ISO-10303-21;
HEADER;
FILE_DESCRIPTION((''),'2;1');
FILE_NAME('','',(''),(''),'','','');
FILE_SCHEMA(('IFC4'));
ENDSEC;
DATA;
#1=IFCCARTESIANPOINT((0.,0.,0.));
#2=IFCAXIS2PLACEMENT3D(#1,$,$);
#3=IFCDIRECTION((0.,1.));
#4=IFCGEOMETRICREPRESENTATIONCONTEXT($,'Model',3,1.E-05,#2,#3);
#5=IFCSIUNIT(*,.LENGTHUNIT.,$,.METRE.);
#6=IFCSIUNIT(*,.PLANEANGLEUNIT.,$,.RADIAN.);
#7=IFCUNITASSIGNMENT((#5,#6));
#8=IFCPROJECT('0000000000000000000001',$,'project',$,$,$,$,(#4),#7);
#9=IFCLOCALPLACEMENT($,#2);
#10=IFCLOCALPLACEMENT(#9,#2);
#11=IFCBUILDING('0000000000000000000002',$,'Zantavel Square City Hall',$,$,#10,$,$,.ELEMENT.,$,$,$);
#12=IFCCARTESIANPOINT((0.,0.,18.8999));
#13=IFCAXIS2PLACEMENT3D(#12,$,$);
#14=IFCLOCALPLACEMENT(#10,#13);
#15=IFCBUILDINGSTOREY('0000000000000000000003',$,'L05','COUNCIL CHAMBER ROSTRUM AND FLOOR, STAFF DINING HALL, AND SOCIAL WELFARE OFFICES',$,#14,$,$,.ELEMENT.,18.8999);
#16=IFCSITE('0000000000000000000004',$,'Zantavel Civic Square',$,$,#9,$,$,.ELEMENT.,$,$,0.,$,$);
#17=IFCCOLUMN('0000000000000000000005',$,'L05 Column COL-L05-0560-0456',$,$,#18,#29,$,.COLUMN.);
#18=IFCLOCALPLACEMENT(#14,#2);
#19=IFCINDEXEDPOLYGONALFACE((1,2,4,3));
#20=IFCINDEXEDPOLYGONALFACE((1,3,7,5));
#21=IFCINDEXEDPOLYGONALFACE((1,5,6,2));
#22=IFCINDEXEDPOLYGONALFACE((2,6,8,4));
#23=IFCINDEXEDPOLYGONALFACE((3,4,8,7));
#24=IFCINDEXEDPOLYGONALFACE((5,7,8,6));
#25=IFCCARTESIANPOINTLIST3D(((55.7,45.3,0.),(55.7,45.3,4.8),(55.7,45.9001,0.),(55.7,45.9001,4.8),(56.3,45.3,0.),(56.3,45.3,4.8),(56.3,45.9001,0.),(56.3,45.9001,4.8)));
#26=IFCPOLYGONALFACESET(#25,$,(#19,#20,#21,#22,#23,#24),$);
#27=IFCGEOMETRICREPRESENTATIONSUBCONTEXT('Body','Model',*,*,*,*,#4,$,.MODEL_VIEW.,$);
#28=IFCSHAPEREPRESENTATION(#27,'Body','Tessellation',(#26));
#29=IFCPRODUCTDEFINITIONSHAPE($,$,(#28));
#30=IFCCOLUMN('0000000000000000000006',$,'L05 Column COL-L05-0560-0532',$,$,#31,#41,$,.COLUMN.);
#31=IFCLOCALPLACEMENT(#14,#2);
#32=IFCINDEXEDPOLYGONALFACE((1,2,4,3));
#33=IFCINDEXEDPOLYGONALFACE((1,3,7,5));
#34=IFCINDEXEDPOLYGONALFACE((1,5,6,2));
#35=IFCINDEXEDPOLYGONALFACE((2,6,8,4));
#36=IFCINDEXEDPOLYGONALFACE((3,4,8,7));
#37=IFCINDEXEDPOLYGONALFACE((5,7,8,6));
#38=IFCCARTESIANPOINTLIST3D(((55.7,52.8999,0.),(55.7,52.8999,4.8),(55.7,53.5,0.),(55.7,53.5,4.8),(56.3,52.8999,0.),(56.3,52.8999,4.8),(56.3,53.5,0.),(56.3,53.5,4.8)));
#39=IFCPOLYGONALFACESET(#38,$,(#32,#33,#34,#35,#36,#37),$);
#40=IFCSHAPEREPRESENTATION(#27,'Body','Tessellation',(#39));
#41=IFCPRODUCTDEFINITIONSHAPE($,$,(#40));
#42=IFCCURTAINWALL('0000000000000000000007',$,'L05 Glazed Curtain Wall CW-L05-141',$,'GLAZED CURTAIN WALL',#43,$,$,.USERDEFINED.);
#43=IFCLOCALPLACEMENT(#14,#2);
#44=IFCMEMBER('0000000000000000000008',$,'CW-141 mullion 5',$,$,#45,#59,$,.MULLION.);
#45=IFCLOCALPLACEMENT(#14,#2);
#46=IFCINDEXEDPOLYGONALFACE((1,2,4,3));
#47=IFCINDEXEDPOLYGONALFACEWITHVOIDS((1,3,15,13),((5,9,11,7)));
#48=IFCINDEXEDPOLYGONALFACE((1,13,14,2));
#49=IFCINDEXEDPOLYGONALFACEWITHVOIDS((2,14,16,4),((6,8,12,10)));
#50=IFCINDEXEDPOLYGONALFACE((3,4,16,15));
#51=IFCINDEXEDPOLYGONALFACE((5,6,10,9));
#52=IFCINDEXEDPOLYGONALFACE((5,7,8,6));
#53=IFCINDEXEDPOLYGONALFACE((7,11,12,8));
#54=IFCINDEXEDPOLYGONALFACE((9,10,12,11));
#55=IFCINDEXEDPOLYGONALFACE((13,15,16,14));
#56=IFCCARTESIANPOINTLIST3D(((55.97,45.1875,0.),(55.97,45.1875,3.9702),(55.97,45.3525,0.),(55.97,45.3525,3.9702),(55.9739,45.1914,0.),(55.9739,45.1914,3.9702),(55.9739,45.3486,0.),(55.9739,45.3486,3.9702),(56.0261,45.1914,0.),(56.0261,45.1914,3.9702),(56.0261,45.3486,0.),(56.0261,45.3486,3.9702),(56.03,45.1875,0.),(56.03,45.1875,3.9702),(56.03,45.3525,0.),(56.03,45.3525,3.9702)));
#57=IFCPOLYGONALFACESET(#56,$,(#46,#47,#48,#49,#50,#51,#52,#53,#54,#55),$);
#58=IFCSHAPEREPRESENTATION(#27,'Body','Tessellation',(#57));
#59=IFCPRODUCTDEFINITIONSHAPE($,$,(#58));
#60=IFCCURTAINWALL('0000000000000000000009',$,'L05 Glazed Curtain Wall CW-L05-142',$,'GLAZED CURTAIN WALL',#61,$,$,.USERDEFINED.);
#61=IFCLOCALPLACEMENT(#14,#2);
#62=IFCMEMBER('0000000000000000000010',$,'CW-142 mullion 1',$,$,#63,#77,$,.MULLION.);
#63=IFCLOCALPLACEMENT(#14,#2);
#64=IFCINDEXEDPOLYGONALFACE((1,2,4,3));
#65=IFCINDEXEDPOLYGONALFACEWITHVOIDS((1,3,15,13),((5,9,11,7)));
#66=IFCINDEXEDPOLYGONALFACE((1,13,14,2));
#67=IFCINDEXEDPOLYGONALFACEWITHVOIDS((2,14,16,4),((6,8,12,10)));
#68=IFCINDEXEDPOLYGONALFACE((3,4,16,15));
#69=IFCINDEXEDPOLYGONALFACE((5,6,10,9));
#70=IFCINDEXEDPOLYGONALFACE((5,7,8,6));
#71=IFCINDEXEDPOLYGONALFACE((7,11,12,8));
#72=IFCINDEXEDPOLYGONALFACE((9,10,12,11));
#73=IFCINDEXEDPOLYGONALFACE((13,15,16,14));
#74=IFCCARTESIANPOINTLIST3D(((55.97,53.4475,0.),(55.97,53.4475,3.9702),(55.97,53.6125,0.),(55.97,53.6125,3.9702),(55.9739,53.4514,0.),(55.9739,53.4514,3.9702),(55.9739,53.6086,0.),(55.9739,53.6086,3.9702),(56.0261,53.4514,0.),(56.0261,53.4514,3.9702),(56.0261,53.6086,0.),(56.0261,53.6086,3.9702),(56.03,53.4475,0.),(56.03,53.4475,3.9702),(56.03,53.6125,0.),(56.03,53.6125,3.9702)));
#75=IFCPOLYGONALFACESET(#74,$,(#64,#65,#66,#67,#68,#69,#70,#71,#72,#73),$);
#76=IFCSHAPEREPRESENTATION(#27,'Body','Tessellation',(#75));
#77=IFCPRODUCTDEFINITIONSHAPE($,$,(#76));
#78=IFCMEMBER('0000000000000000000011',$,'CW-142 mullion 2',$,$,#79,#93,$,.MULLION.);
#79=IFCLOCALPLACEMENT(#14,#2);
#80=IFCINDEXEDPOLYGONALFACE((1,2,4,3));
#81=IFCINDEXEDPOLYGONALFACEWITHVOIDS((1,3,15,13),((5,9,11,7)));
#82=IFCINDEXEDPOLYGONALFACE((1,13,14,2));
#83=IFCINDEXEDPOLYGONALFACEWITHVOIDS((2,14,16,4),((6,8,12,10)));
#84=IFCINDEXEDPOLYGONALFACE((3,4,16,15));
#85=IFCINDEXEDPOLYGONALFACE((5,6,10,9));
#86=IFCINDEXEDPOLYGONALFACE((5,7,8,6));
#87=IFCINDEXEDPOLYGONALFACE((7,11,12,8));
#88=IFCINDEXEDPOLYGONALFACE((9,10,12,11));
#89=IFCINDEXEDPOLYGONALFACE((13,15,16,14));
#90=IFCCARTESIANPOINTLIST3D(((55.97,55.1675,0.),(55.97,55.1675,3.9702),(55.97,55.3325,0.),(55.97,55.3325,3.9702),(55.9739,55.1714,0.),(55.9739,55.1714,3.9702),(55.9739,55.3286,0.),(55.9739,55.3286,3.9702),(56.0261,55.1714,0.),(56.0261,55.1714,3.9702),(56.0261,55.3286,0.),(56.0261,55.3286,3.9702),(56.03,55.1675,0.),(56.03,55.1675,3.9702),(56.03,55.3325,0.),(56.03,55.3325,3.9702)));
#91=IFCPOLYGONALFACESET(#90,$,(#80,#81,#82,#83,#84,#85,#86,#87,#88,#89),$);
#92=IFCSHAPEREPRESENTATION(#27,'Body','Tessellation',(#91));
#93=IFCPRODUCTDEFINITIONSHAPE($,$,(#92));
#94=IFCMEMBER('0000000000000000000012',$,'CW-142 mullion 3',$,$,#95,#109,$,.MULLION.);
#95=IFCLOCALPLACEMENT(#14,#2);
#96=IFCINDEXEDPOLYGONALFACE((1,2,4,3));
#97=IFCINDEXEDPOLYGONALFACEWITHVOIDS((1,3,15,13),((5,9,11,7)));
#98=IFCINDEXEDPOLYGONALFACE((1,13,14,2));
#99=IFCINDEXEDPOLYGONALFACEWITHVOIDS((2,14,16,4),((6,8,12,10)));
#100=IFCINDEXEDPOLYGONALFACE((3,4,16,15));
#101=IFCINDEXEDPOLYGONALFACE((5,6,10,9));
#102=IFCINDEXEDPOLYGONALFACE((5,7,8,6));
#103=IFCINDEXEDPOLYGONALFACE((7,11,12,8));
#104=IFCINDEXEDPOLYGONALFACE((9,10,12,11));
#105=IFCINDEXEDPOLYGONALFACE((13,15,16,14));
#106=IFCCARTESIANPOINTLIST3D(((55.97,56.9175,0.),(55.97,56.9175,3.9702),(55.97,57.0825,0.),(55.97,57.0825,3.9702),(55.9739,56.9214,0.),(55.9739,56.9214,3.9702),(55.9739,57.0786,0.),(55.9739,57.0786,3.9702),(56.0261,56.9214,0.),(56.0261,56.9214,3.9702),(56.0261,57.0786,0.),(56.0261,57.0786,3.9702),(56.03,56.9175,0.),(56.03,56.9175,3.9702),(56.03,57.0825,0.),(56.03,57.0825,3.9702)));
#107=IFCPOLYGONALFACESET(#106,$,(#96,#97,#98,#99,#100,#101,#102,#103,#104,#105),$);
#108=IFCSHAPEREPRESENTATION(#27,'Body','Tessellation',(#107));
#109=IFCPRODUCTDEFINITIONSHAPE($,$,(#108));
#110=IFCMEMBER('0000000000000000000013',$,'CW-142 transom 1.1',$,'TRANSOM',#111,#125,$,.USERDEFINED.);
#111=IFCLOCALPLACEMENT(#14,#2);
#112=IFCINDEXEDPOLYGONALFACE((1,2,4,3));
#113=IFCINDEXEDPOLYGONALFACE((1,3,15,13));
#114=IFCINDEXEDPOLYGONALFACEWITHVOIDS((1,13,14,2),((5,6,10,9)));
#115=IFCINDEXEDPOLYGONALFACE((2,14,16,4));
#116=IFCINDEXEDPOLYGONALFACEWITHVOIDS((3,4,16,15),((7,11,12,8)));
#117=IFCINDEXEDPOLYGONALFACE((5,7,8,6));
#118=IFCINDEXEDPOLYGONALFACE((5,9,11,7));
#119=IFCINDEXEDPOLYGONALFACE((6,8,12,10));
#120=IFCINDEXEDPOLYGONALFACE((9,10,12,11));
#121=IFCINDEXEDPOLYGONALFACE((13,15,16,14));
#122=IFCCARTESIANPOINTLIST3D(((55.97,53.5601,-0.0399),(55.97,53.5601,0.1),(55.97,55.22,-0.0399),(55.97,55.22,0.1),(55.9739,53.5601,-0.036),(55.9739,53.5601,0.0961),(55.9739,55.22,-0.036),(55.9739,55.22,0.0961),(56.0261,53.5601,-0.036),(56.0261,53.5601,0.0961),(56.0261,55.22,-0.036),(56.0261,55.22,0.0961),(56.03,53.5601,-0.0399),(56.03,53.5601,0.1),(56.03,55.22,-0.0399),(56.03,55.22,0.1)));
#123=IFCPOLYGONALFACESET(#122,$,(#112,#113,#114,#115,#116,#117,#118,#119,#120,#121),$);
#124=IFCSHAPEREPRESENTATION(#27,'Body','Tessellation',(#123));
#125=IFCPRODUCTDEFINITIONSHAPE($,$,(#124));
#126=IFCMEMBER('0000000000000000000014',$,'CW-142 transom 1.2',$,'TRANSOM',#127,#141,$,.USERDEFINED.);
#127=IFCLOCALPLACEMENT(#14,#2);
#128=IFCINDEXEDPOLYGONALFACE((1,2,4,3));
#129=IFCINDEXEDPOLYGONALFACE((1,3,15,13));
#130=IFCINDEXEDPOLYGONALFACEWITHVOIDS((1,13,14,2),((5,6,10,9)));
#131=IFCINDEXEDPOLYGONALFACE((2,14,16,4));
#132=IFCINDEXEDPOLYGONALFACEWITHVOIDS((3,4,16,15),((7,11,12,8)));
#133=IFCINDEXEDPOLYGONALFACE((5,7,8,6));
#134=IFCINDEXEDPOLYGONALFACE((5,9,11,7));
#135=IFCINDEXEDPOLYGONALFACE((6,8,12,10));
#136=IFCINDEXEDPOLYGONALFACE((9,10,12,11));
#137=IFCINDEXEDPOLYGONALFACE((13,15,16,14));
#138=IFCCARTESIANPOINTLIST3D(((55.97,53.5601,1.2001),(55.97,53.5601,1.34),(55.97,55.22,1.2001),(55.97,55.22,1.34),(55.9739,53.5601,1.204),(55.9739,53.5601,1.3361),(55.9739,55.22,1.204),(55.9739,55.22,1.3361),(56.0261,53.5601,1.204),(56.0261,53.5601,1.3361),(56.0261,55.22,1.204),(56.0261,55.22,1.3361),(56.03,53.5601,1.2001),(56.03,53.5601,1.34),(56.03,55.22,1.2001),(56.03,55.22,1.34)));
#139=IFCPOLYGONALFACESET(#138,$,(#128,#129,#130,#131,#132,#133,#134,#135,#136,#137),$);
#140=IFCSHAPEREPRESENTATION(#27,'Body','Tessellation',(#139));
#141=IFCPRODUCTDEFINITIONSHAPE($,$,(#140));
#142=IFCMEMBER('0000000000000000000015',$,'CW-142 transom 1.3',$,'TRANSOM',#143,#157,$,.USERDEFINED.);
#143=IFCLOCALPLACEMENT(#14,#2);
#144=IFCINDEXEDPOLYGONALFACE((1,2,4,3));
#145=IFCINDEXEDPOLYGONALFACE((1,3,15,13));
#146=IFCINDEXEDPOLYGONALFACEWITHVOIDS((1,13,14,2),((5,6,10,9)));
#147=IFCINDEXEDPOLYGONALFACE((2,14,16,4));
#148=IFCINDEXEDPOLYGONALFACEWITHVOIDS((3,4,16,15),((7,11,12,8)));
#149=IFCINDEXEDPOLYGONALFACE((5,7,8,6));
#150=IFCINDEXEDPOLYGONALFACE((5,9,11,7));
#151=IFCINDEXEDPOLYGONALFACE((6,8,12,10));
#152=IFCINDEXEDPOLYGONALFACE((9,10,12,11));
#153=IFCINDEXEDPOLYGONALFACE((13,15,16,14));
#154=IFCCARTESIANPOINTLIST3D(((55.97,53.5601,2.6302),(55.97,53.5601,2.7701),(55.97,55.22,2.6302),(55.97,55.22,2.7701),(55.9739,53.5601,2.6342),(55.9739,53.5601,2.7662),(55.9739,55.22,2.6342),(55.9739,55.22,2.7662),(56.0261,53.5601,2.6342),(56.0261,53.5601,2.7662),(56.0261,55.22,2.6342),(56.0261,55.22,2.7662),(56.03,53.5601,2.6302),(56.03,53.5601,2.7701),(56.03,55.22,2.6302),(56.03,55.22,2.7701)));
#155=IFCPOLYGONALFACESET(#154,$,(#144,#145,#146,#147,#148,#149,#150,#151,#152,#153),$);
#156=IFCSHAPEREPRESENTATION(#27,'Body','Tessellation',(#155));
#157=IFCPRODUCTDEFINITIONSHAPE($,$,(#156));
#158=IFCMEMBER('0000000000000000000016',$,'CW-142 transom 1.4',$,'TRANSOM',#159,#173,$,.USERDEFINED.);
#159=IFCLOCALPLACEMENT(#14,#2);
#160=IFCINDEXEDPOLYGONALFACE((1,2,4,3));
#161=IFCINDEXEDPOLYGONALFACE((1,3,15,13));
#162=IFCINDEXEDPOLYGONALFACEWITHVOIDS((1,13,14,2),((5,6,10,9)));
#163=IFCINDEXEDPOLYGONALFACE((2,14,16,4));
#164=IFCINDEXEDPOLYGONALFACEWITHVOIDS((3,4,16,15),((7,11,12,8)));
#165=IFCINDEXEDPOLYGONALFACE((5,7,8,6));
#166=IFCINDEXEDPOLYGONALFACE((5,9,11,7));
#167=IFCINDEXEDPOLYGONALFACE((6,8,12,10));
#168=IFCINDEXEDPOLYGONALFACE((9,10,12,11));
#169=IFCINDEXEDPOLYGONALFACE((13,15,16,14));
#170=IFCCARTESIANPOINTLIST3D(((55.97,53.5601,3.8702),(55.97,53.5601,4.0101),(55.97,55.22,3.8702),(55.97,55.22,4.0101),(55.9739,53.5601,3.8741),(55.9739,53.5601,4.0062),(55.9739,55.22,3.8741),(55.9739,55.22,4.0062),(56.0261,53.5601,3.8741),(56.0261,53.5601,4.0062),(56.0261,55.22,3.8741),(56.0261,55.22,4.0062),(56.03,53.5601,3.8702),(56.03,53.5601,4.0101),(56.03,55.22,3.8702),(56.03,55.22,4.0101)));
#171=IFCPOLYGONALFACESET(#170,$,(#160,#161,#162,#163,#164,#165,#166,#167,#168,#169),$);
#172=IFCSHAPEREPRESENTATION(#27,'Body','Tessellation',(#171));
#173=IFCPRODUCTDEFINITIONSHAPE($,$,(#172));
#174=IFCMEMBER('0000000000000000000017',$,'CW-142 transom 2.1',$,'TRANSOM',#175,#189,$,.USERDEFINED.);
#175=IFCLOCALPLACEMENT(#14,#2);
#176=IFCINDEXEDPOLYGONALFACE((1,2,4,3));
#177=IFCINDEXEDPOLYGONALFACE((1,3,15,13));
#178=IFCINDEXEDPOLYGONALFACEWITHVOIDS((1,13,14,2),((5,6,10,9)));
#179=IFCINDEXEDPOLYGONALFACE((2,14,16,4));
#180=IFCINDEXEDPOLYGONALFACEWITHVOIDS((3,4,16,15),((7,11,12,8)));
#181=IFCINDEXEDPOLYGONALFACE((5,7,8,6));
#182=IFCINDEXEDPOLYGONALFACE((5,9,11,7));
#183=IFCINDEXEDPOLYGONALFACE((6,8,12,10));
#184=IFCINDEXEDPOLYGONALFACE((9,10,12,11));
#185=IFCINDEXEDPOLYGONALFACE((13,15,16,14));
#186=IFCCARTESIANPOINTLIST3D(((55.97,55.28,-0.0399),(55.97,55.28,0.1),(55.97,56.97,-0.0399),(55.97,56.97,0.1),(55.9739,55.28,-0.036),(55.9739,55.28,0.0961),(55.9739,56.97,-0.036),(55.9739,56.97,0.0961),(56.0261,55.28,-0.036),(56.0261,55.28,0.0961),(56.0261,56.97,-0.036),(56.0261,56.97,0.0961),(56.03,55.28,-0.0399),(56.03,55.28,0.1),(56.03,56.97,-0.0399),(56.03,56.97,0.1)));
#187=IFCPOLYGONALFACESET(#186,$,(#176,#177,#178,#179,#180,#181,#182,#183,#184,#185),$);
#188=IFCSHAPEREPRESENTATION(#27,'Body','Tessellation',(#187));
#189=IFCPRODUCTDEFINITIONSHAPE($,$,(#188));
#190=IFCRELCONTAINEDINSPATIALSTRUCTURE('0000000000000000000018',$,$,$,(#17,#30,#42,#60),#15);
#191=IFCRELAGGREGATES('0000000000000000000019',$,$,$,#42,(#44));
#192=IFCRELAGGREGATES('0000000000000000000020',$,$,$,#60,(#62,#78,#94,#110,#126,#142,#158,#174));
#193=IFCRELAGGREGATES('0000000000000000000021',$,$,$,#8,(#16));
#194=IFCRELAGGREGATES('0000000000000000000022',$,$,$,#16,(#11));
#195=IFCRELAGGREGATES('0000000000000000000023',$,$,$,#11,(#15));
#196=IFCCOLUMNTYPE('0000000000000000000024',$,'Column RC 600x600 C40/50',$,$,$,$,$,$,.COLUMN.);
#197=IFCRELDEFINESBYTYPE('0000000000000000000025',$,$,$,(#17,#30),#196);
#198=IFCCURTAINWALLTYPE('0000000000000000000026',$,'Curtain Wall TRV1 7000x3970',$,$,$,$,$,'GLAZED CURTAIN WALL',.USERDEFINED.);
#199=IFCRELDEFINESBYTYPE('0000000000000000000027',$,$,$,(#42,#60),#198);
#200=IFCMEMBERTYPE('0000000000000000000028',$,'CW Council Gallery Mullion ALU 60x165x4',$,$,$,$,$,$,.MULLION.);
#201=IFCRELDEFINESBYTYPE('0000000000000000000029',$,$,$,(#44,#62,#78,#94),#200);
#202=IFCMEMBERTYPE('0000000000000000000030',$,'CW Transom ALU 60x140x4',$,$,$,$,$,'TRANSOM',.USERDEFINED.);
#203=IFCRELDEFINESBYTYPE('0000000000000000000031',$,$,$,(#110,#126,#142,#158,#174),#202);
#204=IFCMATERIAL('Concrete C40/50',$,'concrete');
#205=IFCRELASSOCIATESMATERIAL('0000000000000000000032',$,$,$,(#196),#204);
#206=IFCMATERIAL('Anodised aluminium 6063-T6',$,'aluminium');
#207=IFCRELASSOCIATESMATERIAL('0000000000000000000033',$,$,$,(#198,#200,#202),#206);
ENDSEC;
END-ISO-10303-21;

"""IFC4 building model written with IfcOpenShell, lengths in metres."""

from ifc_helpers import new_model, si_unit, direction, frame, origin, origin_2d, place, context, subcontext, project, spatial, rectangle, hollow_rectangle, extrude, material, material_profile, profile_set, type_object, element, aggregate, save


model = new_model("IFC4")

# Units and contexts
model_context = context("Model", 3, precision=1e-05, world=origin(), true_north=direction((0.0, 1.0)))
body_context = subcontext(model_context, "Body", "Model", "MODEL_VIEW")
ifc_project = project(units=[si_unit("LENGTHUNIT", "METRE"), si_unit("PLANEANGLEUNIT", "RADIAN")], contexts=[model_context])

# Site, building, storey
site_placement = place(None, origin())
site = spatial("IfcSite", under=ifc_project, at=site_placement, Name="Zantavel Civic Square", CompositionType="ELEMENT", RefElevation=0.0)
building_placement = place(site_placement, origin())
building = spatial("IfcBuilding", under=site, at=building_placement, Name="Zantavel Square City Hall", CompositionType="ELEMENT")
storey_placement = place(building_placement, frame((0.0, 0.0, 18.8999)))
storey = spatial("IfcBuildingStorey", under=building, at=storey_placement, Name="L05", Description="COUNCIL CHAMBER ROSTRUM AND FLOOR, STAFF DINING HALL, AND SOCIAL WELFARE OFFICES", CompositionType="ELEMENT", Elevation=18.8999)

# Columns
ifc_material_1 = material(Name="Concrete C40/50", Category="concrete")
ifc_material_profile_1 = material_profile(ifc_material_1, rectangle(XDim=0.6001, YDim=0.6001, at=origin_2d()), Name="RC 600x600")
ifc_profile_set_1 = profile_set([ifc_material_profile_1], Name="Concrete C40/50")
column_type = type_object("IfcColumnType", Name="Column RC 600x600 C40/50", PredefinedType="COLUMN", material=ifc_profile_set_1)
for number, where, z_axis, x_axis, name in (
    (1, (56.0, 45.6001, 0.0), (0.0, 0.0, 1.0), (1.0, 0.0, 0.0), "L05 Column COL-L05-0560-0456"),
    (2, (56.0, 53.2, 0.0), (0.0, 0.0, 1.0), (1.0, 0.0, 0.0), "L05 Column COL-L05-0560-0532"),
):
    element("IfcColumn", number, at=place(storey_placement, frame(where, z_axis=z_axis, x_axis=x_axis)), inside=storey, type_object=column_type, Name=name, PredefinedType="COLUMN", context=body_context, shape_type="SweptSolid", body=[
        extrude(rectangle(XDim=0.6001, YDim=0.6001, at=origin_2d()), origin(), (0.0, 0.0, 1.0), 4.8),
    ])

# Curtain wall, member
ifc_material_2 = material(Name="Anodised aluminium 6063-T6", Category="aluminium")
curtain_wall_type = type_object("IfcCurtainWallType", Name="Curtain Wall TRV1 7000x3970", ElementType="GLAZED CURTAIN WALL", PredefinedType="USERDEFINED", material=ifc_material_2)
curtain_wall_1_placement = place(storey_placement, origin())
curtain_wall_1 = element("IfcCurtainWall", 3, at=curtain_wall_1_placement, inside=storey, type_object=curtain_wall_type, Name="L05 Glazed Curtain Wall CW-L05-141", ObjectType="GLAZED CURTAIN WALL", PredefinedType="USERDEFINED")
ifc_material_profile_2 = material_profile(ifc_material_2, hollow_rectangle(XDim=0.0601, YDim=0.165, WallThickness=0.0039, at=origin_2d()), Name="ALU 60x165x4")
ifc_profile_set_2 = profile_set([ifc_material_profile_2], Name="Anodised aluminium 6063-T6")
member_type_1 = type_object("IfcMemberType", Name="CW Council Gallery Mullion ALU 60x165x4", PredefinedType="MULLION", material=ifc_profile_set_2)
member_1_placement = place(storey_placement, frame((56.0, 45.27, 0.0), z_axis=(0.0, 0.0, 1.0), x_axis=(-1.0, 0.0, 0.0)))
member_1 = element("IfcMember", 4, at=member_1_placement, type_object=member_type_1, Name="CW-141 mullion 5", PredefinedType="MULLION", context=body_context, shape_type="SweptSolid", body=[
    extrude(hollow_rectangle(XDim=0.0601, YDim=0.165, WallThickness=0.0039, at=origin_2d()), origin(), (0.0, 0.0, 1.0), 3.9702),
])
aggregate(curtain_wall_1, [member_1])

# Curtain wall, members
curtain_wall_2_placement = place(storey_placement, origin())
curtain_wall_2 = element("IfcCurtainWall", 5, at=curtain_wall_2_placement, inside=storey, type_object=curtain_wall_type, Name="L05 Glazed Curtain Wall CW-L05-142", ObjectType="GLAZED CURTAIN WALL", PredefinedType="USERDEFINED")
member_2_placement = place(storey_placement, frame((56.0, 53.53, 0.0), z_axis=(0.0, 0.0, 1.0), x_axis=(-1.0, 0.0, 0.0)))
member_2 = element("IfcMember", 6, at=member_2_placement, type_object=member_type_1, Name="CW-142 mullion 1", PredefinedType="MULLION", context=body_context, shape_type="SweptSolid", body=[
    extrude(hollow_rectangle(XDim=0.0601, YDim=0.165, WallThickness=0.0039, at=origin_2d()), origin(), (0.0, 0.0, 1.0), 3.9702),
])
member_3_placement = place(storey_placement, frame((56.0, 55.25, 0.0), z_axis=(0.0, 0.0, 1.0), x_axis=(-1.0, 0.0, 0.0)))
member_3 = element("IfcMember", 7, at=member_3_placement, type_object=member_type_1, Name="CW-142 mullion 2", PredefinedType="MULLION", context=body_context, shape_type="SweptSolid", body=[
    extrude(hollow_rectangle(XDim=0.0601, YDim=0.165, WallThickness=0.0039, at=origin_2d()), origin(), (0.0, 0.0, 1.0), 3.9702),
])
member_4_placement = place(storey_placement, frame((56.0, 57.0, 0.0), z_axis=(0.0, 0.0, 1.0), x_axis=(-1.0, 0.0, 0.0)))
member_4 = element("IfcMember", 8, at=member_4_placement, type_object=member_type_1, Name="CW-142 mullion 3", PredefinedType="MULLION", context=body_context, shape_type="SweptSolid", body=[
    extrude(hollow_rectangle(XDim=0.0601, YDim=0.165, WallThickness=0.0039, at=origin_2d()), origin(), (0.0, 0.0, 1.0), 3.9702),
])
ifc_material_profile_3 = material_profile(ifc_material_2, hollow_rectangle(XDim=0.0601, YDim=0.1399, WallThickness=0.0039, at=origin_2d()), Name="ALU 60x140x4")
ifc_profile_set_3 = profile_set([ifc_material_profile_3], Name="Anodised aluminium 6063-T6")
member_type_2 = type_object("IfcMemberType", Name="CW Transom ALU 60x140x4", ElementType="TRANSOM", PredefinedType="USERDEFINED", material=ifc_profile_set_3)
member_5_placement = place(storey_placement, frame((56.0, 53.5601, 0.03), z_axis=(0.0, 1.0, 0.0), x_axis=(-1.0, 0.0, 0.0)))
member_5 = element("IfcMember", 9, at=member_5_placement, type_object=member_type_2, Name="CW-142 transom 1.1", ObjectType="TRANSOM", PredefinedType="USERDEFINED", context=body_context, shape_type="SweptSolid", body=[
    extrude(hollow_rectangle(XDim=0.0601, YDim=0.1399, WallThickness=0.0039, at=origin_2d()), origin(), (0.0, 0.0, 1.0), 1.6599),
])
member_6_placement = place(storey_placement, frame((56.0, 53.5601, 1.27), z_axis=(0.0, 1.0, 0.0), x_axis=(-1.0, 0.0, 0.0)))
member_6 = element("IfcMember", 10, at=member_6_placement, type_object=member_type_2, Name="CW-142 transom 1.2", ObjectType="TRANSOM", PredefinedType="USERDEFINED", context=body_context, shape_type="SweptSolid", body=[
    extrude(hollow_rectangle(XDim=0.0601, YDim=0.1399, WallThickness=0.0039, at=origin_2d()), origin(), (0.0, 0.0, 1.0), 1.6599),
])
member_7_placement = place(storey_placement, frame((56.0, 53.5601, 2.7002), z_axis=(0.0, 1.0, 0.0), x_axis=(-1.0, 0.0, 0.0)))
member_7 = element("IfcMember", 11, at=member_7_placement, type_object=member_type_2, Name="CW-142 transom 1.3", ObjectType="TRANSOM", PredefinedType="USERDEFINED", context=body_context, shape_type="SweptSolid", body=[
    extrude(hollow_rectangle(XDim=0.0601, YDim=0.1399, WallThickness=0.0039, at=origin_2d()), origin(), (0.0, 0.0, 1.0), 1.6599),
])
member_8_placement = place(storey_placement, frame((56.0, 53.5601, 3.9402), z_axis=(0.0, 1.0, 0.0), x_axis=(-1.0, 0.0, 0.0)))
member_8 = element("IfcMember", 12, at=member_8_placement, type_object=member_type_2, Name="CW-142 transom 1.4", ObjectType="TRANSOM", PredefinedType="USERDEFINED", context=body_context, shape_type="SweptSolid", body=[
    extrude(hollow_rectangle(XDim=0.0601, YDim=0.1399, WallThickness=0.0039, at=origin_2d()), origin(), (0.0, 0.0, 1.0), 1.6599),
])
member_9_placement = place(storey_placement, frame((56.0, 55.28, 0.03), z_axis=(0.0, 1.0, 0.0), x_axis=(-1.0, 0.0, 0.0)))
member_9 = element("IfcMember", 13, at=member_9_placement, type_object=member_type_2, Name="CW-142 transom 2.1", ObjectType="TRANSOM", PredefinedType="USERDEFINED", context=body_context, shape_type="SweptSolid", body=[
    extrude(hollow_rectangle(XDim=0.0601, YDim=0.1399, WallThickness=0.0039, at=origin_2d()), origin(), (0.0, 0.0, 1.0), 1.6899),
])

aggregate(curtain_wall_2, [member_2, member_3, member_4, member_5, member_6, member_7, member_8, member_9])

save(model, "model.ifc")
